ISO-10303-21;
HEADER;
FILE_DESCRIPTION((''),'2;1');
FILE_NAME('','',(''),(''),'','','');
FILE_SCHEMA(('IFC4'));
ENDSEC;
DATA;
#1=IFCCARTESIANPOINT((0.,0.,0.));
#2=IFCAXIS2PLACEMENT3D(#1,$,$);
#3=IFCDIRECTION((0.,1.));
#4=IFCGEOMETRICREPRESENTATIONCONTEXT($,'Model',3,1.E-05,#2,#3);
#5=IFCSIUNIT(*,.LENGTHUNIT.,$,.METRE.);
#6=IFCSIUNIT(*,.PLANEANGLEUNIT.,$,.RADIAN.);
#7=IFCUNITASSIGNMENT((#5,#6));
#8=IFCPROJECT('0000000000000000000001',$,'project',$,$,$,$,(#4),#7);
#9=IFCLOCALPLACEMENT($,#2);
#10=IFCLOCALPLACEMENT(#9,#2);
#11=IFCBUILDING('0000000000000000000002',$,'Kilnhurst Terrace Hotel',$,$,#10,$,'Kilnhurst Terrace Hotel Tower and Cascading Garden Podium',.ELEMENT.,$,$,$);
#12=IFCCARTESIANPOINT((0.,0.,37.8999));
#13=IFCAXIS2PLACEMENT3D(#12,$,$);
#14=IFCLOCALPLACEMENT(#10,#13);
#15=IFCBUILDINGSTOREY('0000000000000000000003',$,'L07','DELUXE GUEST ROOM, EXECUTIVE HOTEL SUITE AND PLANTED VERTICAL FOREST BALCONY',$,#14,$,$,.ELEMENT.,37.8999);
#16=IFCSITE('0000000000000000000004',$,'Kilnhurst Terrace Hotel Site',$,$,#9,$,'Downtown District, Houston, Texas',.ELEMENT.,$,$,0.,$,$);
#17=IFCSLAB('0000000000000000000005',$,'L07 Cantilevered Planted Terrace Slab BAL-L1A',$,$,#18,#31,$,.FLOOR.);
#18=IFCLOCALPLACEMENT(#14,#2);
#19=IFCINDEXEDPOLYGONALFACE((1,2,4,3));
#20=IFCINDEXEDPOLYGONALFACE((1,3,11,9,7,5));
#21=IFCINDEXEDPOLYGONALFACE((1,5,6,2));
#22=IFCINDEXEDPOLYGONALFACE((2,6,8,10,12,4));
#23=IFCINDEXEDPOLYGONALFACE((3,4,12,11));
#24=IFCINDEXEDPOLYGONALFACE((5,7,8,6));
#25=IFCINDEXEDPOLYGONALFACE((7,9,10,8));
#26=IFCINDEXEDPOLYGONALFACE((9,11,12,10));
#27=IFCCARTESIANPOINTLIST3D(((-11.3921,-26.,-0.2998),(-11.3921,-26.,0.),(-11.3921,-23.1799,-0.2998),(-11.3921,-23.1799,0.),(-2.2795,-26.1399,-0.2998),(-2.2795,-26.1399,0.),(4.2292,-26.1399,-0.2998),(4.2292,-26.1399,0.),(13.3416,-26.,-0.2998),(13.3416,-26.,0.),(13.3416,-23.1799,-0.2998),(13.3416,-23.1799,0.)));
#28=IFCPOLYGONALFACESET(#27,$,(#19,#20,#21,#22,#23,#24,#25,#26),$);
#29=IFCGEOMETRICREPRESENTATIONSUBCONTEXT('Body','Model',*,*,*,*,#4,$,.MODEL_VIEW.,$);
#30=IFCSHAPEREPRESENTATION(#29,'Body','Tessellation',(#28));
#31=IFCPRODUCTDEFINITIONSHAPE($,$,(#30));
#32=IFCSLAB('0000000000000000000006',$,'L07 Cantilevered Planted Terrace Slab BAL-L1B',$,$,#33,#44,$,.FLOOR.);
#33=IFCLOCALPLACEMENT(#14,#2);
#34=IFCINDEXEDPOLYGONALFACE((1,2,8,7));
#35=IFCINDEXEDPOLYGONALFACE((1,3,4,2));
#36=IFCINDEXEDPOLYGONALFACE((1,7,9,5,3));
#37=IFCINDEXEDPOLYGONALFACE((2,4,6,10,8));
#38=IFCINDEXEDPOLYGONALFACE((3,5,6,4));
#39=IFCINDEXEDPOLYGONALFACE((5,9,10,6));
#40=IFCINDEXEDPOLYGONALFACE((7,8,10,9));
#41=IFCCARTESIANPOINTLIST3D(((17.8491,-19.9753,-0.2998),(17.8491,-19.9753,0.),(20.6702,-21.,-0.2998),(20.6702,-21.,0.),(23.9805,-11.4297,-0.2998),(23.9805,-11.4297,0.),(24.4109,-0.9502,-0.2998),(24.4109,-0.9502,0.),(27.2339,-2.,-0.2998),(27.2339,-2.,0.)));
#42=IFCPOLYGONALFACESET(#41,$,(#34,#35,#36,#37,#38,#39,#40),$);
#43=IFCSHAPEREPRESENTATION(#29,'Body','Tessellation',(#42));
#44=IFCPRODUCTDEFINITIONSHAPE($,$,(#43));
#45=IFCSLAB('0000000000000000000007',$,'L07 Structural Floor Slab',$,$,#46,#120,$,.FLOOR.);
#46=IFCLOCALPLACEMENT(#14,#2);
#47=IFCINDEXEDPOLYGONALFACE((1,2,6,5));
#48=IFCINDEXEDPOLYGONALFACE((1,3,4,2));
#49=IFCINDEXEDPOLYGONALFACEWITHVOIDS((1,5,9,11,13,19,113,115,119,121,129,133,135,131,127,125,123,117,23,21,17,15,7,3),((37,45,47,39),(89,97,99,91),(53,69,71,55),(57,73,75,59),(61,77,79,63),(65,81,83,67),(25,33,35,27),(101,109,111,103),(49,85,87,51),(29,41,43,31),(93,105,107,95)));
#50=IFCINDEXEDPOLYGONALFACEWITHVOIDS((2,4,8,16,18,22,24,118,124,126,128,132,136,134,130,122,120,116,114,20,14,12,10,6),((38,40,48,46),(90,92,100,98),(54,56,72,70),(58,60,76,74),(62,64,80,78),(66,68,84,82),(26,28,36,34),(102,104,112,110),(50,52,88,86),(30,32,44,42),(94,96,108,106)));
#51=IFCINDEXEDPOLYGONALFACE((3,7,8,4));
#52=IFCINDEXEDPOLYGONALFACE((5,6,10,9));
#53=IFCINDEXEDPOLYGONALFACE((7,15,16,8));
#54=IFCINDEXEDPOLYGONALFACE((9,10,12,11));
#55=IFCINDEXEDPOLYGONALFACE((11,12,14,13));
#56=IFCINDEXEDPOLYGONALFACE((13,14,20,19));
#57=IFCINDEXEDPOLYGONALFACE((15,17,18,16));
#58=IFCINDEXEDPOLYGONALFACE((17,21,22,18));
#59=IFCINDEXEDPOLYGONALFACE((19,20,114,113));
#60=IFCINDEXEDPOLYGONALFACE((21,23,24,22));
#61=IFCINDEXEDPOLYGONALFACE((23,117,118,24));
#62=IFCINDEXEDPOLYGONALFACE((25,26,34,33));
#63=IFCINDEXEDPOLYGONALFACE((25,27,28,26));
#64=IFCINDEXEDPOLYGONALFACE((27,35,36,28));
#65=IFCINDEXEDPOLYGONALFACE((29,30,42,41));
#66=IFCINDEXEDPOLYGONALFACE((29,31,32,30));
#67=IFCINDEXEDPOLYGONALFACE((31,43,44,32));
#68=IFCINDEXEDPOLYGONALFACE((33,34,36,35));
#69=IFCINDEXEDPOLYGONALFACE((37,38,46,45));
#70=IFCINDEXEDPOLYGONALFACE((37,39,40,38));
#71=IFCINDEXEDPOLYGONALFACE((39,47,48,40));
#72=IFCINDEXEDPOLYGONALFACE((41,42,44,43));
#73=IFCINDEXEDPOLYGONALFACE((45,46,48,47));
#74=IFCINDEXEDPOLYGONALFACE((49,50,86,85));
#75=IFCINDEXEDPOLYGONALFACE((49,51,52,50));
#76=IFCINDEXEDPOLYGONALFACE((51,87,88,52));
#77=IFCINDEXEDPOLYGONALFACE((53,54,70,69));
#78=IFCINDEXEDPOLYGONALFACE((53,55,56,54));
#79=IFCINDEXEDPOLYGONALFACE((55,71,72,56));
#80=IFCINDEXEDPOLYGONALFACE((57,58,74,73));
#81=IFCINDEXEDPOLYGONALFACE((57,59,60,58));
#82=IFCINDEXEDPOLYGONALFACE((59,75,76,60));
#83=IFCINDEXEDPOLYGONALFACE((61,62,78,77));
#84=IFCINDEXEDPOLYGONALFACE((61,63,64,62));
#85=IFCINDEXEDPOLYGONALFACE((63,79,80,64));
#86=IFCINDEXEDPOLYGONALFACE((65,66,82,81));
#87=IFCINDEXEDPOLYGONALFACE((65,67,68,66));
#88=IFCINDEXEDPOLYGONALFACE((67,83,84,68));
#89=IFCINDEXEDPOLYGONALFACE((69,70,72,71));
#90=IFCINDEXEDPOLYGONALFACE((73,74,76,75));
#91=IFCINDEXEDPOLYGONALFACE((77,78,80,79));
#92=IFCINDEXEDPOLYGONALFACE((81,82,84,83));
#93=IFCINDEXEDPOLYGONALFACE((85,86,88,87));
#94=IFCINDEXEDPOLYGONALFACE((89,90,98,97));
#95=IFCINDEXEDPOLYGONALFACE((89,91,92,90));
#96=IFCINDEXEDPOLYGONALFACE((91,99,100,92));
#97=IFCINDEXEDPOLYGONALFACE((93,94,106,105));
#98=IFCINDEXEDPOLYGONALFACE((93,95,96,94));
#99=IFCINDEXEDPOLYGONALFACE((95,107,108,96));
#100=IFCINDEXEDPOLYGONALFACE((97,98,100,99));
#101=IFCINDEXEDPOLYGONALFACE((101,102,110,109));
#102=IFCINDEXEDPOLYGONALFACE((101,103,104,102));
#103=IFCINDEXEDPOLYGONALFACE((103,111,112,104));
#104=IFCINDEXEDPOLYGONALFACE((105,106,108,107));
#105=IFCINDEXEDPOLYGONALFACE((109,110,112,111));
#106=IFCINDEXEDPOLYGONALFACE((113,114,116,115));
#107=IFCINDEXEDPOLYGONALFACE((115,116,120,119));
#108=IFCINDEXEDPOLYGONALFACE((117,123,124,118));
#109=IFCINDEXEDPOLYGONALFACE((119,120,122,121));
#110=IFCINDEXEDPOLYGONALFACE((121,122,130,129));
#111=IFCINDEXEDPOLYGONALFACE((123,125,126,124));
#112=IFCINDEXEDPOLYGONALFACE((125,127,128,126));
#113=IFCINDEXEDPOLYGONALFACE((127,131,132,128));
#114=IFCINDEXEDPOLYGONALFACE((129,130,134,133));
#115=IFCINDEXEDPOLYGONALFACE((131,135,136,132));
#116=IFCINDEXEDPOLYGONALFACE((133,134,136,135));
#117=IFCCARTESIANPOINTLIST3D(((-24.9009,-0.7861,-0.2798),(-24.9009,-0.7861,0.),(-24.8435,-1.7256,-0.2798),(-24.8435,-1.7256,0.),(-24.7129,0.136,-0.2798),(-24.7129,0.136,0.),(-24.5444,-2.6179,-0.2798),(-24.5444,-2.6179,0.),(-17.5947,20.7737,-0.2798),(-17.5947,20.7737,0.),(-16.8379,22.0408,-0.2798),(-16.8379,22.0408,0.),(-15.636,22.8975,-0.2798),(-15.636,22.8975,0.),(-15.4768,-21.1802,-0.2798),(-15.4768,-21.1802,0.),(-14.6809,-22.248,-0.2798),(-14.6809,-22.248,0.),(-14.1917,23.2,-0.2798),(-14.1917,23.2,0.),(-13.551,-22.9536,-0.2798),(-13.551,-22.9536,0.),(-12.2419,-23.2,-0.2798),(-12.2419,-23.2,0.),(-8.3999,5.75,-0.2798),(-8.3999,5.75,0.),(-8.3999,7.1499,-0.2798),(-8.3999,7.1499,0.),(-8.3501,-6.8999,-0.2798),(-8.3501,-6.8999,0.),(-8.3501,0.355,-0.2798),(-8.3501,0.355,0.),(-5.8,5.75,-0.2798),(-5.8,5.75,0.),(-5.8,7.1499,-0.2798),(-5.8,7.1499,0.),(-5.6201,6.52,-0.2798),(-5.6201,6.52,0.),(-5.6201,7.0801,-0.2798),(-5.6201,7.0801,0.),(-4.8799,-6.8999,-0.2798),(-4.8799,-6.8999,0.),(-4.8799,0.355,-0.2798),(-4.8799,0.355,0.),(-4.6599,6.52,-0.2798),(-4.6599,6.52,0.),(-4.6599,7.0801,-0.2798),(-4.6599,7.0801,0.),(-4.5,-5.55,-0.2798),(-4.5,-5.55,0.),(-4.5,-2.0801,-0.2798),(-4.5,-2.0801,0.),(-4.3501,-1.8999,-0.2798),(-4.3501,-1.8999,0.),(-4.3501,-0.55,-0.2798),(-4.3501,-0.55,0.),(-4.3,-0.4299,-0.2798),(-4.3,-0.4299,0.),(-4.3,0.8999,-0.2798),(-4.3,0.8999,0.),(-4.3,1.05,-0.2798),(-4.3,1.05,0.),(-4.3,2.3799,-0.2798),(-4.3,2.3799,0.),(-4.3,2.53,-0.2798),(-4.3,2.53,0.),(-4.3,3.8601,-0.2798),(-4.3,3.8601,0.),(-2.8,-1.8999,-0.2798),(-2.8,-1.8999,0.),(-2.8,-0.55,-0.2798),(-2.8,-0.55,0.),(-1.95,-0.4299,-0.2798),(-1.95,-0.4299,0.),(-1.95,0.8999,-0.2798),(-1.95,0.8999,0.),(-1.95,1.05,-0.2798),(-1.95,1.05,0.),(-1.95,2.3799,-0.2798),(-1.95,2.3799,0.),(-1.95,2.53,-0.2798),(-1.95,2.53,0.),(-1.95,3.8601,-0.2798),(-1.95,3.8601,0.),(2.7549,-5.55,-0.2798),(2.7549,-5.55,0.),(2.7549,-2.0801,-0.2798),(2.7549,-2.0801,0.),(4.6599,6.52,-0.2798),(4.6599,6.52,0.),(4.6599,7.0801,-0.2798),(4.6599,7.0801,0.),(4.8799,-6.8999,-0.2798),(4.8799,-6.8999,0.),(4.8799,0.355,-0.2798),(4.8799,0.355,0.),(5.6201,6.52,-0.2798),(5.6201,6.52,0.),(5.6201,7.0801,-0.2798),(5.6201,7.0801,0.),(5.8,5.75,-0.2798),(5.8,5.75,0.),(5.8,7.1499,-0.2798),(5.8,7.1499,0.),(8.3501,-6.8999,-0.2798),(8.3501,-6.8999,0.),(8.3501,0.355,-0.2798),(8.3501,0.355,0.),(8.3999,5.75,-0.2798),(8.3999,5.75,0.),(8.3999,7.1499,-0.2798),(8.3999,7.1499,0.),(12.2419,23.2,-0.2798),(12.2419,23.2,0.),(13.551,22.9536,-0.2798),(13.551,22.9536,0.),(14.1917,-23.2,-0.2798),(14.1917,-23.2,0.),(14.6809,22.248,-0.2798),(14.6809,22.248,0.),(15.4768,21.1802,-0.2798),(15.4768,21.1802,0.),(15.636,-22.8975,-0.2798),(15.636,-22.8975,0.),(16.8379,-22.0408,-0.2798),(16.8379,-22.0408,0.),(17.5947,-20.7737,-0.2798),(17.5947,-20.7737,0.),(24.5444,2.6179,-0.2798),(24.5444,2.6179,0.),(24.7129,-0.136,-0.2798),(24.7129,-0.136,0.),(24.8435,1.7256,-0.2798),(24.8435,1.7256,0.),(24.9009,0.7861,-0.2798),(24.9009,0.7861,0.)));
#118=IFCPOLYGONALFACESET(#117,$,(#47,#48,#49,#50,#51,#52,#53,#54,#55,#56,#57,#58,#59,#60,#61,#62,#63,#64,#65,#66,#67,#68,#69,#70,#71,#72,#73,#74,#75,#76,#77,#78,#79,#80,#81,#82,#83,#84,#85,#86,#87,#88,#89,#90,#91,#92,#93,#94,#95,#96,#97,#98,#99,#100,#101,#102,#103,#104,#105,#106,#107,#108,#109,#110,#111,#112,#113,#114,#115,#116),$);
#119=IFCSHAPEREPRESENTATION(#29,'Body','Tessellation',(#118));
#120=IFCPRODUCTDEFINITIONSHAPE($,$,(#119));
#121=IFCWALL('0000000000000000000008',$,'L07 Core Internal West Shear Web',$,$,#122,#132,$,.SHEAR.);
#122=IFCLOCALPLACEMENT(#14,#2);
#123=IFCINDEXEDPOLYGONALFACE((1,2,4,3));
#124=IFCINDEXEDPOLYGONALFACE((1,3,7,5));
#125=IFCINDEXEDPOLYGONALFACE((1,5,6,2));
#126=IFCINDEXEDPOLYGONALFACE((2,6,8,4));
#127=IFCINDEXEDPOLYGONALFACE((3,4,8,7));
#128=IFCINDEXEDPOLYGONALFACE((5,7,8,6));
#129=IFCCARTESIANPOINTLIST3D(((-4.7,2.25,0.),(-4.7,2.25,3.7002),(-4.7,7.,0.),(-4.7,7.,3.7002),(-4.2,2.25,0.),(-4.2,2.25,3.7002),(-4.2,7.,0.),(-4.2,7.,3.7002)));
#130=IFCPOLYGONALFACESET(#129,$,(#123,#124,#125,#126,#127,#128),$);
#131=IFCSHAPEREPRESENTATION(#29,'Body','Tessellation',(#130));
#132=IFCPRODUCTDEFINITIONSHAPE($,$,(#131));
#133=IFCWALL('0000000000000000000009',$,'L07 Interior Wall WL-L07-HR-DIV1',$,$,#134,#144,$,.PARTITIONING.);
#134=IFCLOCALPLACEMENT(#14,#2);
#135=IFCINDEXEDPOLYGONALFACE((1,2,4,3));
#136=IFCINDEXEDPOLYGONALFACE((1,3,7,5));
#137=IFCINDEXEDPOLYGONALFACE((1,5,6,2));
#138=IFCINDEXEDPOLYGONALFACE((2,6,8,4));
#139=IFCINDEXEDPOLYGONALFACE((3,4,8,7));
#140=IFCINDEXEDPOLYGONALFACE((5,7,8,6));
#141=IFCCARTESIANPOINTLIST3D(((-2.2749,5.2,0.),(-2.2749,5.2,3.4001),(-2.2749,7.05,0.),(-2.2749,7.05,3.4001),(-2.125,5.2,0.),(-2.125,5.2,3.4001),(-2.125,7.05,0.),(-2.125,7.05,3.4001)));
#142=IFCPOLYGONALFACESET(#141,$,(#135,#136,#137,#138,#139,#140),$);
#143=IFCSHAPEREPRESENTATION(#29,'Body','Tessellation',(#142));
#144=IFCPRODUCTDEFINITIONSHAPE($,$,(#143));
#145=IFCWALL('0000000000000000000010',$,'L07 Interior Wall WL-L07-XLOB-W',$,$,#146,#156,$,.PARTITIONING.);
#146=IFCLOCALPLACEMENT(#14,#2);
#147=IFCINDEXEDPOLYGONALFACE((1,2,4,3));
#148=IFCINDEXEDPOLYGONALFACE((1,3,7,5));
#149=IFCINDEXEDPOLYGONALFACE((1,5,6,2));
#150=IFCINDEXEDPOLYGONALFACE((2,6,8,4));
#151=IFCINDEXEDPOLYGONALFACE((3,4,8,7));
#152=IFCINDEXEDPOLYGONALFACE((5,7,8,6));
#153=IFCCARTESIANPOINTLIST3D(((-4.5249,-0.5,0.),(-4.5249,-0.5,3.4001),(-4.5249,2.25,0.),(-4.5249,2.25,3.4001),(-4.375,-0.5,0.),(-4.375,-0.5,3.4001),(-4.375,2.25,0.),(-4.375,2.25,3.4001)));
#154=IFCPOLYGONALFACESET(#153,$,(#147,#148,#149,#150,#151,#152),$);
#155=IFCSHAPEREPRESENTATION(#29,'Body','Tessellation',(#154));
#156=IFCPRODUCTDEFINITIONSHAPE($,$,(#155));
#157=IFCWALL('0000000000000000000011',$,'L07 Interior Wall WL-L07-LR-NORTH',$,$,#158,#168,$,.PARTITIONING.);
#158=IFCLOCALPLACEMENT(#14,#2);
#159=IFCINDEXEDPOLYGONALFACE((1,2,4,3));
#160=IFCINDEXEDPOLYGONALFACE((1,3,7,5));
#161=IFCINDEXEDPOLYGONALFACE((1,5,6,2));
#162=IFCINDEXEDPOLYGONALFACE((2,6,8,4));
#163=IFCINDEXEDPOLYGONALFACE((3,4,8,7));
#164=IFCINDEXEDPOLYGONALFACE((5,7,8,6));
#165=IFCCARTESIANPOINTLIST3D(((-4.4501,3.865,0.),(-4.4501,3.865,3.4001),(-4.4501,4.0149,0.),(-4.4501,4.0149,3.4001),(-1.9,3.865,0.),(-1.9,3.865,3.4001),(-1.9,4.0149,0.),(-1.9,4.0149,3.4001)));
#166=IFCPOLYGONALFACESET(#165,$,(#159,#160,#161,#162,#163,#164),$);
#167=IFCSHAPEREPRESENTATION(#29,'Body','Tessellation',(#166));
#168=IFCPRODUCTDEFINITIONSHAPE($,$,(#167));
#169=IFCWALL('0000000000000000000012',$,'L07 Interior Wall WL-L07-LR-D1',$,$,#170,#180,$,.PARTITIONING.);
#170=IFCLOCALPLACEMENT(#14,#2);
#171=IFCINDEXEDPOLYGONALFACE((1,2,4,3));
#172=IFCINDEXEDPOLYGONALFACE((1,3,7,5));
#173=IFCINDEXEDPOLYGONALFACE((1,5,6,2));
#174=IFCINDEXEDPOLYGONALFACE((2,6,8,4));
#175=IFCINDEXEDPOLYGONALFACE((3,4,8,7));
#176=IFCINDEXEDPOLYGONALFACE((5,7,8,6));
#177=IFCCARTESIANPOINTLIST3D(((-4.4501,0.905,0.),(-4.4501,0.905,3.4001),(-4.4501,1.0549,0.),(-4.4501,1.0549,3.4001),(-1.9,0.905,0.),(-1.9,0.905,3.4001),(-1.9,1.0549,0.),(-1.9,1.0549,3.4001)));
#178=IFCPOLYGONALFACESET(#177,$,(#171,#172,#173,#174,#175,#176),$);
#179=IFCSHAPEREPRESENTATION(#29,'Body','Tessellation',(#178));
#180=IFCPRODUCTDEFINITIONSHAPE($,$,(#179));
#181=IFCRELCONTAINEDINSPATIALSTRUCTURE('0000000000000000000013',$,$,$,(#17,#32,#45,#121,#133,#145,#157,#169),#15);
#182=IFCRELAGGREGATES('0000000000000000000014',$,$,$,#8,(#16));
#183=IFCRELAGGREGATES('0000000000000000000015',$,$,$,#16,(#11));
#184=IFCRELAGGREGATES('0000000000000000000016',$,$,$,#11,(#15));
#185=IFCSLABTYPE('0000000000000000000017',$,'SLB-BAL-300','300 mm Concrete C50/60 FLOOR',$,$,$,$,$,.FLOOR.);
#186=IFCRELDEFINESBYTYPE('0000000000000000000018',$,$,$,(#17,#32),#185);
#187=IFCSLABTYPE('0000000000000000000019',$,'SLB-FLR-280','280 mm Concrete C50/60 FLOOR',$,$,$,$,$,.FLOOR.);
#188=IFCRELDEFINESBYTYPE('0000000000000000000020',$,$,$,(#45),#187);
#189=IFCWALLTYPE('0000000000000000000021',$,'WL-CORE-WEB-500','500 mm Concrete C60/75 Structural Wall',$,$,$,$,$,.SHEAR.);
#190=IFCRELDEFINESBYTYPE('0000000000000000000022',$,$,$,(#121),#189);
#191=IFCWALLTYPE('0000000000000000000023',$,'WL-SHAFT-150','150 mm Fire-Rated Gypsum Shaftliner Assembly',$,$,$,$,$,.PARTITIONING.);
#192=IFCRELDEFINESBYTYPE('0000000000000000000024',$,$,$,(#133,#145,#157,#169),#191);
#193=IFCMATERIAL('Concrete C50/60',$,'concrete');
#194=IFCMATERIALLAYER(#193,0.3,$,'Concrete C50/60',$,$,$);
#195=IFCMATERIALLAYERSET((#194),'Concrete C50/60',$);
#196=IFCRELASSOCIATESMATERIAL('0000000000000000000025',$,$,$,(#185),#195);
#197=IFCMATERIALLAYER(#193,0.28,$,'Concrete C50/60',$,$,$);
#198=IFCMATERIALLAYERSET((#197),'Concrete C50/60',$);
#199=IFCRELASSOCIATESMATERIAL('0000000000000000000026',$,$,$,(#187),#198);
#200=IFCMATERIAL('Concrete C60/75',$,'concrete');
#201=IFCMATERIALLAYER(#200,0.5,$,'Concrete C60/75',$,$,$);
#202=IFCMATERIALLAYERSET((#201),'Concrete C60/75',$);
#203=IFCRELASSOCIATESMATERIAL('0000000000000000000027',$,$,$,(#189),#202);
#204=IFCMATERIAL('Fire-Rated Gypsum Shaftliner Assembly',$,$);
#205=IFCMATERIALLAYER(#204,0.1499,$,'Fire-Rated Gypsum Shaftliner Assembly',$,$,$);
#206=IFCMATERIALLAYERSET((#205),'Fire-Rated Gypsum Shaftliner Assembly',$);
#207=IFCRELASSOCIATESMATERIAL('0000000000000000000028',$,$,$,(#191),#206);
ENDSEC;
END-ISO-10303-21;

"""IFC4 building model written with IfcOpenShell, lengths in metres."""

from ifc_helpers import new_model, si_unit, direction, frame, frame_2d, origin, place, context, subcontext, project, spatial, polyline, rectangle, outline, extrude, material, layer, layer_set, type_object, element, save


model = new_model("IFC4")

# Units and contexts
model_context = context("Model", 3, precision=1e-05, world=origin(), true_north=direction((0.0, 1.0)))
body_context = subcontext(model_context, "Body", "Model", "MODEL_VIEW")
ifc_project = project(units=[si_unit("LENGTHUNIT", "METRE"), si_unit("PLANEANGLEUNIT", "RADIAN")], contexts=[model_context])

# Site, building, storey
site_placement = place(None, origin())
site = spatial("IfcSite", under=ifc_project, at=site_placement, Name="Kilnhurst Terrace Hotel Site", LongName="Downtown District, Houston, Texas", CompositionType="ELEMENT", RefElevation=0.0)
building_placement = place(site_placement, origin())
building = spatial("IfcBuilding", under=site, at=building_placement, Name="Kilnhurst Terrace Hotel", LongName="Kilnhurst Terrace Hotel Tower and Cascading Garden Podium", CompositionType="ELEMENT")
storey_placement = place(building_placement, frame((0.0, 0.0, 37.8999)))
storey = spatial("IfcBuildingStorey", under=building, at=storey_placement, Name="L07", Description="DELUXE GUEST ROOM, EXECUTIVE HOTEL SUITE AND PLANTED VERTICAL FOREST BALCONY", CompositionType="ELEMENT", Elevation=37.8999)

# Slabs
ifc_material_1 = material(Name="Concrete C50/60", Category="concrete")
ifc_layer_1 = layer(ifc_material_1, 0.3, Name="Concrete C50/60")
ifc_layer_set_1 = layer_set([ifc_layer_1], Name="Concrete C50/60")
slab_type_1 = type_object("IfcSlabType", Name="SLB-BAL-300", Description="300 mm Concrete C50/60 FLOOR", PredefinedType="FLOOR", material=ifc_layer_set_1)
slab_1_placement = place(storey_placement, frame((0.0, 0.0, -0.2998)))
element("IfcSlab", 1, at=slab_1_placement, inside=storey, type_object=slab_type_1, Name="L07 Cantilevered Planted Terrace Slab BAL-L1A", PredefinedType="FLOOR", context=body_context, shape_type="SweptSolid", body=[
    extrude(outline(polyline([(4.2292, -26.1399), (-2.2795, -26.1399), (-11.3921, -26.0), (-11.3921, -23.1799), (13.3416, -23.1799), (13.3416, -26.0), (4.2292, -26.1399)])), origin(), (0.0, 0.0, 1.0), 0.2998),
])
slab_2_placement = place(storey_placement, frame((0.0, 0.0, -0.2998)))
element("IfcSlab", 2, at=slab_2_placement, inside=storey, type_object=slab_type_1, Name="L07 Cantilevered Planted Terrace Slab BAL-L1B", PredefinedType="FLOOR", context=body_context, shape_type="SweptSolid", body=[
    extrude(outline(polyline([(20.6702, -21.0), (17.8491, -19.9753), (24.4109, -0.9502), (27.2339, -2.0), (23.9805, -11.4297), (20.6702, -21.0)])), origin(), (0.0, 0.0, 1.0), 0.2998),
])
ifc_layer_2 = layer(ifc_material_1, 0.28, Name="Concrete C50/60")
ifc_layer_set_2 = layer_set([ifc_layer_2], Name="Concrete C50/60")
slab_type_2 = type_object("IfcSlabType", Name="SLB-FLR-280", Description="280 mm Concrete C50/60 FLOOR", PredefinedType="FLOOR", material=ifc_layer_set_2)
slab_3_placement = place(storey_placement, frame((0.0, 0.0, -0.2798)))
element("IfcSlab", 3, at=slab_3_placement, inside=storey, type_object=slab_type_2, Name="L07 Structural Floor Slab", PredefinedType="FLOOR", context=body_context, shape_type="SweptSolid", body=[
    extrude(outline(polyline([(-15.4768, -21.1802), (-14.6809, -22.248), (-13.551, -22.9536), (-12.2419, -23.2), (14.1917, -23.2), (15.636, -22.8975), (16.8379, -22.0408), (17.5947, -20.7737), (24.7129, -0.136), (24.9009, 0.7861), (24.8435, 1.7256), (24.5444, 2.6179), (15.4768, 21.1802), (14.6809, 22.248), (13.551, 22.9536), (12.2419, 23.2), (-14.1917, 23.2), (-15.636, 22.8975), (-16.8379, 22.0408), (-17.5947, 20.7737), (-24.7129, 0.136), (-24.9009, -0.7861), (-24.8435, -1.7256), (-24.5444, -2.6179), (-15.4768, -21.1802)]), holes=[polyline([(-8.3501, 0.355), (-4.8799, 0.355), (-4.8799, -6.8999), (-8.3501, -6.8999), (-8.3501, 0.355)]), polyline([(-2.8, -1.8999), (-4.3501, -1.8999), (-4.3501, -0.55), (-2.8, -0.55), (-2.8, -1.8999)]), polyline([(-1.95, -0.4299), (-4.3, -0.4299), (-4.3, 0.8999), (-1.95, 0.8999), (-1.95, -0.4299)]), polyline([(-4.3, 1.05), (-4.3, 2.3799), (-1.95, 2.3799), (-1.95, 1.05), (-4.3, 1.05)]), polyline([(-8.3999, 5.75), (-8.3999, 7.1499), (-5.8, 7.1499), (-5.8, 5.75), (-8.3999, 5.75)]), polyline([(-4.6599, 6.52), (-5.6201, 6.52), (-5.6201, 7.0801), (-4.6599, 7.0801), (-4.6599, 6.52)]), polyline([(2.7549, -5.55), (-4.5, -5.55), (-4.5, -2.0801), (2.7549, -2.0801), (2.7549, -5.55)]), polyline([(8.3501, 0.355), (8.3501, -6.8999), (4.8799, -6.8999), (4.8799, 0.355), (8.3501, 0.355)]), polyline([(-1.95, 2.53), (-4.3, 2.53), (-4.3, 3.8601), (-1.95, 3.8601), (-1.95, 2.53)]), polyline([(5.8, 5.75), (5.8, 7.1499), (8.3999, 7.1499), (8.3999, 5.75), (5.8, 5.75)]), polyline([(4.6599, 6.52), (4.6599, 7.0801), (5.6201, 7.0801), (5.6201, 6.52), (4.6599, 6.52)])]), origin(), (0.0, 0.0, 1.0), 0.2798),
])

# Walls
ifc_material_2 = material(Name="Concrete C60/75", Category="concrete")
ifc_layer_3 = layer(ifc_material_2, 0.5, Name="Concrete C60/75")
ifc_layer_set_3 = layer_set([ifc_layer_3], Name="Concrete C60/75")
wall_type_1 = type_object("IfcWallType", Name="WL-CORE-WEB-500", Description="500 mm Concrete C60/75 Structural Wall", PredefinedType="SHEAR", material=ifc_layer_set_3)
wall_1_placement = place(storey_placement, frame((-4.45, 2.25, 0.0), z_axis=(0.0, 0.0, 1.0), x_axis=(0.0, 1.0, 0.0)))
element("IfcWall", 4, at=wall_1_placement, inside=storey, type_object=wall_type_1, Name="L07 Core Internal West Shear Web", PredefinedType="SHEAR", context=body_context, shape_type="SweptSolid", body=[
    extrude(rectangle(XDim=4.75, YDim=0.5, at=frame_2d((2.375, 0.0))), origin(), (0.0, 0.0, 1.0), 3.7002),
])
ifc_material_3 = material(Name="Fire-Rated Gypsum Shaftliner Assembly")
ifc_layer_4 = layer(ifc_material_3, 0.1499, Name="Fire-Rated Gypsum Shaftliner Assembly")
ifc_layer_set_4 = layer_set([ifc_layer_4], Name="Fire-Rated Gypsum Shaftliner Assembly")
wall_type_2 = type_object("IfcWallType", Name="WL-SHAFT-150", Description="150 mm Fire-Rated Gypsum Shaftliner Assembly", PredefinedType="PARTITIONING", material=ifc_layer_set_4)
wall_2_placement = place(storey_placement, frame((-2.2, 5.2, 0.0), z_axis=(0.0, 0.0, 1.0), x_axis=(0.0, 1.0, 0.0)))
element("IfcWall", 5, at=wall_2_placement, inside=storey, type_object=wall_type_2, Name="L07 Interior Wall WL-L07-HR-DIV1", PredefinedType="PARTITIONING", context=body_context, shape_type="SweptSolid", body=[
    extrude(rectangle(XDim=1.8501, YDim=0.1499, at=frame_2d((0.925, 0.0))), origin(), (0.0, 0.0, 1.0), 3.4001),
])
wall_3_placement = place(storey_placement, frame((-4.45, -0.5, 0.0), z_axis=(0.0, 0.0, 1.0), x_axis=(0.0, 1.0, 0.0)))
element("IfcWall", 6, at=wall_3_placement, inside=storey, type_object=wall_type_2, Name="L07 Interior Wall WL-L07-XLOB-W", PredefinedType="PARTITIONING", context=body_context, shape_type="SweptSolid", body=[
    extrude(rectangle(XDim=2.75, YDim=0.1499, at=frame_2d((1.375, 0.0))), origin(), (0.0, 0.0, 1.0), 3.4001),
])
for number, where, z_axis, x_axis, name in (
    (7, (-4.45, 3.9399, 0.0), (0.0, 0.0, 1.0), (1.0, 0.0, 0.0), "L07 Interior Wall WL-L07-LR-NORTH"),
    (8, (-4.45, 0.98, 0.0), (0.0, 0.0, 1.0), (1.0, 0.0, 0.0), "L07 Interior Wall WL-L07-LR-D1"),
):
    element("IfcWall", number, at=place(storey_placement, frame(where, z_axis=z_axis, x_axis=x_axis)), inside=storey, type_object=wall_type_2, Name=name, PredefinedType="PARTITIONING", context=body_context, shape_type="SweptSolid", body=[
        extrude(rectangle(XDim=2.55, YDim=0.1499, at=frame_2d((1.2749, 0.0))), origin(), (0.0, 0.0, 1.0), 3.4001),
    ])

save(model, "model.ifc")
